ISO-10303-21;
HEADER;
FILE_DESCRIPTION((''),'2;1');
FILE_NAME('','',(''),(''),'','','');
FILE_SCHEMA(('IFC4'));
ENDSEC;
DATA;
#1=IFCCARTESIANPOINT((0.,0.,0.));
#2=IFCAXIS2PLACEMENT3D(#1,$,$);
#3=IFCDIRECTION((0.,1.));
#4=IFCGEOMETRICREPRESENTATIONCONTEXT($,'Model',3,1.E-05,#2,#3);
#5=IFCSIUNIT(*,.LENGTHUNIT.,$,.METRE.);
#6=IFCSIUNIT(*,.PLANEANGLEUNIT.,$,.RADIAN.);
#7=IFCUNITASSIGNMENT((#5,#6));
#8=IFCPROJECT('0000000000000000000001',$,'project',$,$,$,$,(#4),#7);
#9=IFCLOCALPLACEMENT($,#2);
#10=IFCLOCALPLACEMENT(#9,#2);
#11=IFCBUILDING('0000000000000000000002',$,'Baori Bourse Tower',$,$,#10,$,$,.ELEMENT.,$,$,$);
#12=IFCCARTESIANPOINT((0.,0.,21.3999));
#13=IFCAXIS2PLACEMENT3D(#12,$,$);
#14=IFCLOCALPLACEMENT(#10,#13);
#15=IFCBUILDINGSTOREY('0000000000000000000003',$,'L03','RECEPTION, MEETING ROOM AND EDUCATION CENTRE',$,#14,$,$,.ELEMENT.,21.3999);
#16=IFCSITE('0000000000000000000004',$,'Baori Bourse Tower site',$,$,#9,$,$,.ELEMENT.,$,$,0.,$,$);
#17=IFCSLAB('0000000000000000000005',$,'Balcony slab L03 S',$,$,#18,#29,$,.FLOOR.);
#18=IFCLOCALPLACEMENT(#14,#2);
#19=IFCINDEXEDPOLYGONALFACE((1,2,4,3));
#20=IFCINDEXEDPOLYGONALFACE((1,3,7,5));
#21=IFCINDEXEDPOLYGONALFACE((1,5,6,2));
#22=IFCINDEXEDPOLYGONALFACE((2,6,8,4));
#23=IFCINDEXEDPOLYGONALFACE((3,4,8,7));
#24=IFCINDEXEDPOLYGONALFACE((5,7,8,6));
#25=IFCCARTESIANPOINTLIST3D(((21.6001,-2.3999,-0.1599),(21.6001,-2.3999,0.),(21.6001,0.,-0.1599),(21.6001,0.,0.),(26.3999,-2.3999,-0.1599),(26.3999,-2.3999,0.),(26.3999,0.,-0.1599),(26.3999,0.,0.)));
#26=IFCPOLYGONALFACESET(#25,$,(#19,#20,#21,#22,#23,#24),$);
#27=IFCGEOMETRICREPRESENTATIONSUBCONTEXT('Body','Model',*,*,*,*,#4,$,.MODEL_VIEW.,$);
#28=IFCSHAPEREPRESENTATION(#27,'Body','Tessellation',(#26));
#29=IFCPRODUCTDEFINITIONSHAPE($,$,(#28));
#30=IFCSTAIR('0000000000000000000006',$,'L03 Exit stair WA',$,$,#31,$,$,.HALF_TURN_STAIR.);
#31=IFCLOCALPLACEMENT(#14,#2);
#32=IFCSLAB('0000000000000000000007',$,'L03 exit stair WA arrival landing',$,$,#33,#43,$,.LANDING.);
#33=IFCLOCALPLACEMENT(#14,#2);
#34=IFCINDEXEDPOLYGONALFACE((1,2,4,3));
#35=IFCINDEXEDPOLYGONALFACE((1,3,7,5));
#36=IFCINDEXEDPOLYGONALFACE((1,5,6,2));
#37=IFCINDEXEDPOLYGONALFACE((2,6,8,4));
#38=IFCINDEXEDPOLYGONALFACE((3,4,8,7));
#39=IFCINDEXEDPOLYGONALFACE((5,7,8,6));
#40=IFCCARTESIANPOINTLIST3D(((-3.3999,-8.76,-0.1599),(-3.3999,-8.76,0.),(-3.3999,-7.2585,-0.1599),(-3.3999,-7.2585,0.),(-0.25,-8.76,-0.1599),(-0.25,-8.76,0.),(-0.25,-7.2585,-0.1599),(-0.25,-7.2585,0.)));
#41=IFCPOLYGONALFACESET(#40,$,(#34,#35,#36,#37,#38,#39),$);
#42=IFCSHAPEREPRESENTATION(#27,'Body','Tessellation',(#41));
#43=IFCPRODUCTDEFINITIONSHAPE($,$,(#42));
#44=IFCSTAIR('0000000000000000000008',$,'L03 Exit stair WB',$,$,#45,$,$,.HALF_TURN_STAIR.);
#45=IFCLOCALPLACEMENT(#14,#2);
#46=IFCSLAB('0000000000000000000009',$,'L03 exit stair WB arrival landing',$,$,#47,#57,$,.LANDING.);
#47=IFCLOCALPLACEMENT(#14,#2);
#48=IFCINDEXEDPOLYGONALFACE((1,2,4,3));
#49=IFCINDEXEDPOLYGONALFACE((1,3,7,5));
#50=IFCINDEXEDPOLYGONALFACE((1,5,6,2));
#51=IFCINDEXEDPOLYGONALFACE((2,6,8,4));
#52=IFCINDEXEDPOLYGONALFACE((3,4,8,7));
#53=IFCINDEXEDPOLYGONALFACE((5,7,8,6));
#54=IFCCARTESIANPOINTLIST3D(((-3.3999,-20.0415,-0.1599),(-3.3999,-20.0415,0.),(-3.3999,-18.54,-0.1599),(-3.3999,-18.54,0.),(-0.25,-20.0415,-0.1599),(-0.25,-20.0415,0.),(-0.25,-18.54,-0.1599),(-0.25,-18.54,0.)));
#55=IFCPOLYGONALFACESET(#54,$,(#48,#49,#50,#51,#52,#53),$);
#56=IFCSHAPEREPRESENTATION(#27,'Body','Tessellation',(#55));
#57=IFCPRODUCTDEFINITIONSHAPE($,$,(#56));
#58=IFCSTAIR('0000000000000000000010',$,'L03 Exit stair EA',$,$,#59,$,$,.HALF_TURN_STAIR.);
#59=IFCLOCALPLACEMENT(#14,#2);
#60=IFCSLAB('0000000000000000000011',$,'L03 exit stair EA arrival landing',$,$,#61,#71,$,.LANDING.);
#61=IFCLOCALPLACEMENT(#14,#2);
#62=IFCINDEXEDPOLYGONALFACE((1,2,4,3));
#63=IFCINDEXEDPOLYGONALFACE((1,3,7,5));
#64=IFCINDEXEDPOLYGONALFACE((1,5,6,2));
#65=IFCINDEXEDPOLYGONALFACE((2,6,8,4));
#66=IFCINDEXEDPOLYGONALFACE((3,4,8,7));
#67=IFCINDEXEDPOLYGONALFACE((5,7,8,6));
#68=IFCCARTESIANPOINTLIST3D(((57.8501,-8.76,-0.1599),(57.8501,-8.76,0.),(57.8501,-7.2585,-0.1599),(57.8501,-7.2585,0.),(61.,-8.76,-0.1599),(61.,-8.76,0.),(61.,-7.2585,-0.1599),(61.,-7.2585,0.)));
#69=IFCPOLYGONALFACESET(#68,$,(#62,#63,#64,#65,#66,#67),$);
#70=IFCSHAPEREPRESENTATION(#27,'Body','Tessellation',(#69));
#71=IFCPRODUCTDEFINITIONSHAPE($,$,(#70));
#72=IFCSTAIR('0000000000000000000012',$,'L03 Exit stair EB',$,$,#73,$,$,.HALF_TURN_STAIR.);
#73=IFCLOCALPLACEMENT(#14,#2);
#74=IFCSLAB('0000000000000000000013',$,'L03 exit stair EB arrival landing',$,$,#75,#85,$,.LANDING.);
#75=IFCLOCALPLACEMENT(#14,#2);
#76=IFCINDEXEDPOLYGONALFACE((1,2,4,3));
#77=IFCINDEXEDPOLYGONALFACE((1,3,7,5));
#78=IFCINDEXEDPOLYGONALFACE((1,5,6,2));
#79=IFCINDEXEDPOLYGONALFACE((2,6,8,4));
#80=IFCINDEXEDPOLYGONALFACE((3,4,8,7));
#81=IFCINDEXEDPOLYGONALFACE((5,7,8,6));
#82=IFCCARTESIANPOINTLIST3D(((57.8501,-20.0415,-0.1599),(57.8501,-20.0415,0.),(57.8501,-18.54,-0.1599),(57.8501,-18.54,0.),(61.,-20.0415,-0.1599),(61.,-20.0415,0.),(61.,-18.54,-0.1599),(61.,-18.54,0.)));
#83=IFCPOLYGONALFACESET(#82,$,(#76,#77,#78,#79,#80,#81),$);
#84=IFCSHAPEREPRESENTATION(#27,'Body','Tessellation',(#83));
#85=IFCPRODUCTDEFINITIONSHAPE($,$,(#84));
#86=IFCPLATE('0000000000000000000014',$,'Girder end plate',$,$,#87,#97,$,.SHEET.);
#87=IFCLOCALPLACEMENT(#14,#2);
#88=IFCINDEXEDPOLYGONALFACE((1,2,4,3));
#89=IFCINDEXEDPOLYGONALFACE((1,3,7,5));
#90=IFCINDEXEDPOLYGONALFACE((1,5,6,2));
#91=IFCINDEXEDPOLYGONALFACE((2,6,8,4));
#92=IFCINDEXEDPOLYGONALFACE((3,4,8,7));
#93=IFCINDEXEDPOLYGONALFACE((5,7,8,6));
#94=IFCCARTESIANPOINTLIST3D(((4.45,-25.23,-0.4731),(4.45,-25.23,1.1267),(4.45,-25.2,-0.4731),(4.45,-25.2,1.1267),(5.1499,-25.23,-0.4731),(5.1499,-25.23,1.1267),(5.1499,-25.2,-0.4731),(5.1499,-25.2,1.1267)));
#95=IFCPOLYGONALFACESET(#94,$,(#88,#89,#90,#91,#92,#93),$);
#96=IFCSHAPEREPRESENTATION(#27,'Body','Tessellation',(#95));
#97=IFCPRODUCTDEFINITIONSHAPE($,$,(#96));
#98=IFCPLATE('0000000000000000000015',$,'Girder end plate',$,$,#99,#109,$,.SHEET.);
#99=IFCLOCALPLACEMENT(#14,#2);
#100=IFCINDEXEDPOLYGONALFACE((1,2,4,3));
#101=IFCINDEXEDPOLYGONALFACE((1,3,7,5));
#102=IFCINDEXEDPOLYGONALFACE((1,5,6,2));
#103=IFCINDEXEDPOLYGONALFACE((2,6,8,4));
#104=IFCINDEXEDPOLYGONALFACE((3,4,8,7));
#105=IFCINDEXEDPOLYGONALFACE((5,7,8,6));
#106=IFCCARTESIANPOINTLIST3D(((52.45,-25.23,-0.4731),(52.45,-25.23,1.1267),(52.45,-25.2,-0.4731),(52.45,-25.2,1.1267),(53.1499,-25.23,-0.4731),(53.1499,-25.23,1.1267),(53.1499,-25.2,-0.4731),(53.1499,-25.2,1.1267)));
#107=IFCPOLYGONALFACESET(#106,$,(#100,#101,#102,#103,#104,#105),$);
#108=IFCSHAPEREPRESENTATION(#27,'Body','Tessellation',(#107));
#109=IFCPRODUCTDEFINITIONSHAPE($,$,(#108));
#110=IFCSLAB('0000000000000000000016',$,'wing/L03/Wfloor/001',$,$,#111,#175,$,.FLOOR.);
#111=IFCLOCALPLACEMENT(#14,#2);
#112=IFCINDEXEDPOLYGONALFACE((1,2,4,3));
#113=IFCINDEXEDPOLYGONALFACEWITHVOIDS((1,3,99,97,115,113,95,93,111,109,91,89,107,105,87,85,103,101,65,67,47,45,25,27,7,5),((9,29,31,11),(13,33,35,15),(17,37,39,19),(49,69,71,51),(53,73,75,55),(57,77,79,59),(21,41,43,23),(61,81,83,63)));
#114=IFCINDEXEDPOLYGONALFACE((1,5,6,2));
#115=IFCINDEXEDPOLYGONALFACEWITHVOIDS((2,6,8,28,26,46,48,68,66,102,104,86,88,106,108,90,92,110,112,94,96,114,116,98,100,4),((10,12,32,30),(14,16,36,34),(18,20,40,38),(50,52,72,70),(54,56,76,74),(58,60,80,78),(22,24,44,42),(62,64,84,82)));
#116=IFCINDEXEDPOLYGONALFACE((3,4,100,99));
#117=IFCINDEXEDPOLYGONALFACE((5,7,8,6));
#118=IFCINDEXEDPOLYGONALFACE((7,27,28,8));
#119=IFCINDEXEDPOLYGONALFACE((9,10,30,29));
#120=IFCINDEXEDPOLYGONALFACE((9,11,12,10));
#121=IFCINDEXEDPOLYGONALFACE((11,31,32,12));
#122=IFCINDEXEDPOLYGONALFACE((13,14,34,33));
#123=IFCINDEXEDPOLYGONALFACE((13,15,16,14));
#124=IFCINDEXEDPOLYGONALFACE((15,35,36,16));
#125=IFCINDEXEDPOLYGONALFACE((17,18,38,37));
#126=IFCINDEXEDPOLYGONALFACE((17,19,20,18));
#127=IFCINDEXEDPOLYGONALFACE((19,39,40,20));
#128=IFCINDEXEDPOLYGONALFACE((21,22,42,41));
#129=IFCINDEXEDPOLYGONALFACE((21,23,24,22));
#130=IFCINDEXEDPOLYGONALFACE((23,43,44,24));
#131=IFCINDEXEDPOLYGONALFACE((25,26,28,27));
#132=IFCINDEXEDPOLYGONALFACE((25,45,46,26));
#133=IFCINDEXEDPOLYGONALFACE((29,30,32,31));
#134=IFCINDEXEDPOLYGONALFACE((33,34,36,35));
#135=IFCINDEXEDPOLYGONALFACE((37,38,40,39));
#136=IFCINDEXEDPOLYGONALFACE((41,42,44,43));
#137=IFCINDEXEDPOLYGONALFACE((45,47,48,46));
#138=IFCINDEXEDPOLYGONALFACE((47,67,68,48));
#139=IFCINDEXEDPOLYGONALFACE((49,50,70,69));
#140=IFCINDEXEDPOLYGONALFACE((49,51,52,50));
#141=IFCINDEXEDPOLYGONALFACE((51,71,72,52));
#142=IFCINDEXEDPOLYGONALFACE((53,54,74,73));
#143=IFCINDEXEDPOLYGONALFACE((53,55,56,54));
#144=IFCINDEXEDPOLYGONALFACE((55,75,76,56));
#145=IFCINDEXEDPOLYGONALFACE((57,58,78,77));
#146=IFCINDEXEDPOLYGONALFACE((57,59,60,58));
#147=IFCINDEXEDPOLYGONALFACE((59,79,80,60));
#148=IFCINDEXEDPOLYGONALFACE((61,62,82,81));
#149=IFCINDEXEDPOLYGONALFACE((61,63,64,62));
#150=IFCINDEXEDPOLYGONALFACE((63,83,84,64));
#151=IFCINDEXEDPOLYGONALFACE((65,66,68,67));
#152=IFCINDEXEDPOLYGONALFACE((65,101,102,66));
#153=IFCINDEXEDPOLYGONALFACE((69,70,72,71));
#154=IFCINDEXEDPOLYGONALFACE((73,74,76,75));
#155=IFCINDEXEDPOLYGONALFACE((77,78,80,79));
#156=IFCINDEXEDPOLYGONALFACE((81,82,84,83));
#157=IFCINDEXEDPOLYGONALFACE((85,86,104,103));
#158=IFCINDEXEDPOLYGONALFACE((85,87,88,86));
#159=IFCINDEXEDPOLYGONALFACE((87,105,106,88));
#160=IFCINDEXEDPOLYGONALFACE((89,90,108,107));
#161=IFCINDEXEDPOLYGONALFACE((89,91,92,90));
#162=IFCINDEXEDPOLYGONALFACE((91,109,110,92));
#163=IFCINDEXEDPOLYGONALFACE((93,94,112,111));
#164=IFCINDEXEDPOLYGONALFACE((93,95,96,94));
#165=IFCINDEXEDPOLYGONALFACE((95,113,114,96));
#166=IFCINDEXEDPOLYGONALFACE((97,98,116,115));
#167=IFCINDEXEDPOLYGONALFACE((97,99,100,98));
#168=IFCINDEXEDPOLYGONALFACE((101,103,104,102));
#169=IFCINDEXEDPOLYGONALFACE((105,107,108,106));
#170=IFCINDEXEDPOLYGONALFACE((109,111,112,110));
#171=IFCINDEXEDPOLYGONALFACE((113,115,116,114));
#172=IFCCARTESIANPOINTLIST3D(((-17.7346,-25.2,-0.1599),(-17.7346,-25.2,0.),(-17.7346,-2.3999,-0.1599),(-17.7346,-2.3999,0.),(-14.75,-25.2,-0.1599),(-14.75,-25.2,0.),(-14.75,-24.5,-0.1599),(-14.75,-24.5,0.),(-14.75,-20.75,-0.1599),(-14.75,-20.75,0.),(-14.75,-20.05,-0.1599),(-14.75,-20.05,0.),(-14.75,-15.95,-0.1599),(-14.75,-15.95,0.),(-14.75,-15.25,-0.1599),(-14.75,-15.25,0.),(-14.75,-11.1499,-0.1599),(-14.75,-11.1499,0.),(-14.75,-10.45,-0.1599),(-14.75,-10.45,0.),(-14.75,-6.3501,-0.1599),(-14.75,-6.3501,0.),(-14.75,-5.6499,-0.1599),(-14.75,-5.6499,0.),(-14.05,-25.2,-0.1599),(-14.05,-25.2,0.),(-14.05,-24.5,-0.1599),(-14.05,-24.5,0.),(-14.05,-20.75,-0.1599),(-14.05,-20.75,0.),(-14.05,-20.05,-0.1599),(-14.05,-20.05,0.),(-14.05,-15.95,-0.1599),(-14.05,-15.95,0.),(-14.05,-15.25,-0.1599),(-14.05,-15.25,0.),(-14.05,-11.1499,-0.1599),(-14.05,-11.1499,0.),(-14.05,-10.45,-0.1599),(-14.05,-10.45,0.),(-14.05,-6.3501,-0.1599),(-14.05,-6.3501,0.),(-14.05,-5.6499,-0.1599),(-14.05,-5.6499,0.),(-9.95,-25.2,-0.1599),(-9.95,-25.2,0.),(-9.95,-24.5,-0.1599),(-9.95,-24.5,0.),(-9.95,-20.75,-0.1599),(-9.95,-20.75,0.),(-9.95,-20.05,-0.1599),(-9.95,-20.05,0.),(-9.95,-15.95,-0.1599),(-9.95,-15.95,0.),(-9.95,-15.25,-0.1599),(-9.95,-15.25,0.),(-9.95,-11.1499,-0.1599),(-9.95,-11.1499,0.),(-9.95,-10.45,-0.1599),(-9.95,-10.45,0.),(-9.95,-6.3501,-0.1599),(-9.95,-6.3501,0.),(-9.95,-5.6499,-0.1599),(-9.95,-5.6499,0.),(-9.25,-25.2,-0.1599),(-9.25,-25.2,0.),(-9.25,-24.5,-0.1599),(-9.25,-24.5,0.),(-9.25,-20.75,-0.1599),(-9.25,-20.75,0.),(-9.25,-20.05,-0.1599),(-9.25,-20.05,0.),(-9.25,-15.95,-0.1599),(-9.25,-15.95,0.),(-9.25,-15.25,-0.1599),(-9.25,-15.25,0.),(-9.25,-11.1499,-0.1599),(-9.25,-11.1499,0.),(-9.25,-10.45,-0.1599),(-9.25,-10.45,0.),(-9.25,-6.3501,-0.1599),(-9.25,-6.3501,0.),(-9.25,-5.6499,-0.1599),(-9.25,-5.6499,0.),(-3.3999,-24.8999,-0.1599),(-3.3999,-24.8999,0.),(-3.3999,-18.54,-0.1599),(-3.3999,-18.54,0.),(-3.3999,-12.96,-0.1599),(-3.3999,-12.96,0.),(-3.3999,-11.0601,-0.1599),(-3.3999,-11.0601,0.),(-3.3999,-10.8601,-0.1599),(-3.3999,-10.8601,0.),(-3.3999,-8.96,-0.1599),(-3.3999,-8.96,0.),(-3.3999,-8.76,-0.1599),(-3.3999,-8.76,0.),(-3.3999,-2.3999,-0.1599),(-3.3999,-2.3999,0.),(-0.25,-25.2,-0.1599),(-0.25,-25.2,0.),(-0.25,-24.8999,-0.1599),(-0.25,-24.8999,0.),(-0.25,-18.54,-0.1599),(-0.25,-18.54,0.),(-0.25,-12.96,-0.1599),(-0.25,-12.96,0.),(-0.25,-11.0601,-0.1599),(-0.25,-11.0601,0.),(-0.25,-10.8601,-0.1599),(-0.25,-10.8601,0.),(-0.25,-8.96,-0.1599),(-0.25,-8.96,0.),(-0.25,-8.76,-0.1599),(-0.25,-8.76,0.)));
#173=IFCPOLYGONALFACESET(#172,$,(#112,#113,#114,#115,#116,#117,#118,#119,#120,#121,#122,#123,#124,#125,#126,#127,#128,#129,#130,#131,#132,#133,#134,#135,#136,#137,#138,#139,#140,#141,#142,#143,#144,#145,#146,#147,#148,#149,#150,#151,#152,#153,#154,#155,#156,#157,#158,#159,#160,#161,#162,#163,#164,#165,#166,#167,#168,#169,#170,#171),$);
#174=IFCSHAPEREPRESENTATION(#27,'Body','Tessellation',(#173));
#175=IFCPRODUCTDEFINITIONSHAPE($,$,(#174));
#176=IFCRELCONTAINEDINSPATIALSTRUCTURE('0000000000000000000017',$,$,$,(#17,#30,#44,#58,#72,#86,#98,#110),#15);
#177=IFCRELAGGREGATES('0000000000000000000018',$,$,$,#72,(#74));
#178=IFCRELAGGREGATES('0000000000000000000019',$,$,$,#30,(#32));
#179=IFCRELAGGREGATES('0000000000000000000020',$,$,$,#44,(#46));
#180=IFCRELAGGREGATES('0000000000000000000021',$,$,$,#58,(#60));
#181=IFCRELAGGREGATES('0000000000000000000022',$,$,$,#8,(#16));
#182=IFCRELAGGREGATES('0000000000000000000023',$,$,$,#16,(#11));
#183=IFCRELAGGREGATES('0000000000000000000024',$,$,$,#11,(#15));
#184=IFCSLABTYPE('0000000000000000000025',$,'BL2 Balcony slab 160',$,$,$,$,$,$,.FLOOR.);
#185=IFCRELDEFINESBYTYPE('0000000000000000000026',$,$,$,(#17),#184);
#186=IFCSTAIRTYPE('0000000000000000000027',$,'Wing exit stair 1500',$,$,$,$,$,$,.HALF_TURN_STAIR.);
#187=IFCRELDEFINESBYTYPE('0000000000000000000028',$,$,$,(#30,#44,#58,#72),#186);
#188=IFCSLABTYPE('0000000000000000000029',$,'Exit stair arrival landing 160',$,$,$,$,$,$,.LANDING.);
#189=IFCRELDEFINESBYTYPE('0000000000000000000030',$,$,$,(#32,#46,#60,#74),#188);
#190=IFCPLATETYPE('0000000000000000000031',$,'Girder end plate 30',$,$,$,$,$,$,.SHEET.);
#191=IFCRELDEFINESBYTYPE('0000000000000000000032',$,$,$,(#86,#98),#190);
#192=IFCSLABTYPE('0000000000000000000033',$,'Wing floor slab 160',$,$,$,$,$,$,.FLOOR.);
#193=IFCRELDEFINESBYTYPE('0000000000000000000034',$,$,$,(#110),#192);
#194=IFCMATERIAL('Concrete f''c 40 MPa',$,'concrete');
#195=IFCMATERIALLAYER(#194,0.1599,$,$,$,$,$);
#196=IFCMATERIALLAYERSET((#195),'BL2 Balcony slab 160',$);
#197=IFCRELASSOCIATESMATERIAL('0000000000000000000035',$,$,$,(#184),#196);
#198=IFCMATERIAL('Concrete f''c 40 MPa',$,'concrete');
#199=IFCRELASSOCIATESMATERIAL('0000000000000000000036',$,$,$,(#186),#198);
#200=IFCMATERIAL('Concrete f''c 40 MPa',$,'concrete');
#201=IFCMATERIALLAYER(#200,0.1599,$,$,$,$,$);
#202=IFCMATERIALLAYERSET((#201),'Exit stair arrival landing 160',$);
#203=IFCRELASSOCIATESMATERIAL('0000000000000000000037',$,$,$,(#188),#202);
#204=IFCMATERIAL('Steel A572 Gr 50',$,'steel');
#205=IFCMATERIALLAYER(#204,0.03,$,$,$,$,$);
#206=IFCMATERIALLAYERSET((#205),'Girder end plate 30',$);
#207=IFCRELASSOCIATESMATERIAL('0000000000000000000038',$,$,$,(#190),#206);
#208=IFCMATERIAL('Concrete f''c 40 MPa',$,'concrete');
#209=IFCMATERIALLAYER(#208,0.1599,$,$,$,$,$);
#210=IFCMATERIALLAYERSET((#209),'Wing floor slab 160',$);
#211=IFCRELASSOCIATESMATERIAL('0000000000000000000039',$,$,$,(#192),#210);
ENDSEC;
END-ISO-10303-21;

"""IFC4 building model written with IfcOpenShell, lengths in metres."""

from ifc_helpers import new_model, si_unit, direction, frame, origin, place, context, subcontext, project, spatial, polyline, outline, extrude, material, layer, layer_set, type_object, element, aggregate, save


model = new_model("IFC4")

# Units and contexts
model_context = context("Model", 3, precision=1e-05, world=origin(), true_north=direction((0.0, 1.0)))
body_context = subcontext(model_context, "Body", "Model", "MODEL_VIEW")
ifc_project = project(units=[si_unit("LENGTHUNIT", "METRE"), si_unit("PLANEANGLEUNIT", "RADIAN")], contexts=[model_context])

# Site, building, storey
site_placement = place(None, origin())
site = spatial("IfcSite", under=ifc_project, at=site_placement, Name="Baori Bourse Tower site", CompositionType="ELEMENT", RefElevation=0.0)
building_placement = place(site_placement, origin())
building = spatial("IfcBuilding", under=site, at=building_placement, Name="Baori Bourse Tower", CompositionType="ELEMENT")
storey_placement = place(building_placement, frame((0.0, 0.0, 21.3999)))
storey = spatial("IfcBuildingStorey", under=building, at=storey_placement, Name="L03", Description="RECEPTION, MEETING ROOM AND EDUCATION CENTRE", CompositionType="ELEMENT", Elevation=21.3999)

# Slab
ifc_material_1 = material(Name="Concrete f'c 40 MPa", Category="concrete")
ifc_layer_1 = layer(ifc_material_1, 0.1599)
ifc_layer_set_1 = layer_set([ifc_layer_1], Name="BL2 Balcony slab 160")
slab_type_1 = type_object("IfcSlabType", Name="BL2 Balcony slab 160", PredefinedType="FLOOR", material=ifc_layer_set_1)
slab_1_placement = place(storey_placement, frame((0.0, 0.0, -0.1599)))
element("IfcSlab", 1, at=slab_1_placement, inside=storey, type_object=slab_type_1, Name="Balcony slab L03 S", PredefinedType="FLOOR", context=body_context, shape_type="SweptSolid", body=[
    extrude(outline(polyline([(21.6001, 0.0), (21.6001, -2.3999), (26.3999, -2.3999), (26.3999, 0.0), (21.6001, 0.0)])), origin(), (0.0, 0.0, 1.0), 0.1599),
])

# Stairs, slabs
ifc_material_2 = material(Name="Concrete f'c 40 MPa", Category="concrete")
stair_type = type_object("IfcStairType", Name="Wing exit stair 1500", PredefinedType="HALF_TURN_STAIR", material=ifc_material_2)
stair_1_placement = place(storey_placement, origin())
stair_1 = element("IfcStair", 2, at=stair_1_placement, inside=storey, type_object=stair_type, Name="L03 Exit stair WA", PredefinedType="HALF_TURN_STAIR")
ifc_material_3 = material(Name="Concrete f'c 40 MPa", Category="concrete")
ifc_layer_2 = layer(ifc_material_3, 0.1599)
ifc_layer_set_2 = layer_set([ifc_layer_2], Name="Exit stair arrival landing 160")
slab_type_2 = type_object("IfcSlabType", Name="Exit stair arrival landing 160", PredefinedType="LANDING", material=ifc_layer_set_2)
slab_2_placement = place(storey_placement, frame((0.0, 0.0, -0.1599)))
slab_2 = element("IfcSlab", 3, at=slab_2_placement, type_object=slab_type_2, Name="L03 exit stair WA arrival landing", PredefinedType="LANDING", context=body_context, shape_type="SweptSolid", body=[
    extrude(outline(polyline([(-0.25, -7.2585), (-3.3999, -7.2585), (-3.3999, -8.76), (-0.25, -8.76), (-0.25, -7.2585)])), origin(), (0.0, 0.0, 1.0), 0.1599),
])
stair_2_placement = place(storey_placement, origin())
stair_2 = element("IfcStair", 4, at=stair_2_placement, inside=storey, type_object=stair_type, Name="L03 Exit stair WB", PredefinedType="HALF_TURN_STAIR")
slab_3_placement = place(storey_placement, frame((0.0, 0.0, -0.1599)))
slab_3 = element("IfcSlab", 5, at=slab_3_placement, type_object=slab_type_2, Name="L03 exit stair WB arrival landing", PredefinedType="LANDING", context=body_context, shape_type="SweptSolid", body=[
    extrude(outline(polyline([(-3.3999, -20.0415), (-0.25, -20.0415), (-0.25, -18.54), (-3.3999, -18.54), (-3.3999, -20.0415)])), origin(), (0.0, 0.0, 1.0), 0.1599),
])
stair_3_placement = place(storey_placement, origin())
stair_3 = element("IfcStair", 6, at=stair_3_placement, inside=storey, type_object=stair_type, Name="L03 Exit stair EA", PredefinedType="HALF_TURN_STAIR")
slab_4_placement = place(storey_placement, frame((0.0, 0.0, -0.1599)))
slab_4 = element("IfcSlab", 7, at=slab_4_placement, type_object=slab_type_2, Name="L03 exit stair EA arrival landing", PredefinedType="LANDING", context=body_context, shape_type="SweptSolid", body=[
    extrude(outline(polyline([(61.0, -7.2585), (57.8501, -7.2585), (57.8501, -8.76), (61.0, -8.76), (61.0, -7.2585)])), origin(), (0.0, 0.0, 1.0), 0.1599),
])
stair_4_placement = place(storey_placement, origin())
stair_4 = element("IfcStair", 8, at=stair_4_placement, inside=storey, type_object=stair_type, Name="L03 Exit stair EB", PredefinedType="HALF_TURN_STAIR")
slab_5_placement = place(storey_placement, frame((0.0, 0.0, -0.1599)))
slab_5 = element("IfcSlab", 9, at=slab_5_placement, type_object=slab_type_2, Name="L03 exit stair EB arrival landing", PredefinedType="LANDING", context=body_context, shape_type="SweptSolid", body=[
    extrude(outline(polyline([(57.8501, -20.0415), (61.0, -20.0415), (61.0, -18.54), (57.8501, -18.54), (57.8501, -20.0415)])), origin(), (0.0, 0.0, 1.0), 0.1599),
])
aggregate(stair_4, [slab_5])

# Plates
ifc_material_4 = material(Name="Steel A572 Gr 50", Category="steel")
ifc_layer_3 = layer(ifc_material_4, 0.03)
ifc_layer_set_3 = layer_set([ifc_layer_3], Name="Girder end plate 30")
plate_type = type_object("IfcPlateType", Name="Girder end plate 30", PredefinedType="SHEET", material=ifc_layer_set_3)
plate_1_placement = place(storey_placement, frame((0.0, 0.0, -0.4731)))
element("IfcPlate", 10, at=plate_1_placement, inside=storey, type_object=plate_type, Name="Girder end plate", PredefinedType="SHEET", context=body_context, shape_type="SweptSolid", body=[
    extrude(outline(polyline([(4.45, -25.23), (5.1499, -25.23), (5.1499, -25.2), (4.45, -25.2), (4.45, -25.23)])), origin(), (0.0, 0.0, 1.0), 1.5999),
])
plate_2_placement = place(storey_placement, frame((0.0, 0.0, -0.4731)))
element("IfcPlate", 11, at=plate_2_placement, inside=storey, type_object=plate_type, Name="Girder end plate", PredefinedType="SHEET", context=body_context, shape_type="SweptSolid", body=[
    extrude(outline(polyline([(52.45, -25.23), (53.1499, -25.23), (53.1499, -25.2), (52.45, -25.2), (52.45, -25.23)])), origin(), (0.0, 0.0, 1.0), 1.5999),
])

# Slab
ifc_material_5 = material(Name="Concrete f'c 40 MPa", Category="concrete")
ifc_layer_4 = layer(ifc_material_5, 0.1599)
ifc_layer_set_4 = layer_set([ifc_layer_4], Name="Wing floor slab 160")
slab_type_3 = type_object("IfcSlabType", Name="Wing floor slab 160", PredefinedType="FLOOR", material=ifc_layer_set_4)
slab_6_placement = place(storey_placement, frame((0.0, 0.0, -0.1599)))
element("IfcSlab", 12, at=slab_6_placement, inside=storey, type_object=slab_type_3, Name="wing/L03/Wfloor/001", PredefinedType="FLOOR", context=body_context, shape_type="SweptSolid", body=[
    extrude(outline(polyline([(-0.25, -10.8601), (-3.3999, -10.8601), (-3.3999, -8.96), (-0.25, -8.96), (-0.25, -8.76), (-3.3999, -8.76), (-3.3999, -2.3999), (-17.7346, -2.3999), (-17.7346, -25.2), (-14.75, -25.2), (-14.75, -24.5), (-14.05, -24.5), (-14.05, -25.2), (-9.95, -25.2), (-9.95, -24.5), (-9.25, -24.5), (-9.25, -25.2), (-0.25, -25.2), (-0.25, -24.8999), (-3.3999, -24.8999), (-3.3999, -18.54), (-0.25, -18.54), (-0.25, -12.96), (-3.3999, -12.96), (-3.3999, -11.0601), (-0.25, -11.0601), (-0.25, -10.8601)]), holes=[polyline([(-14.75, -20.05), (-14.75, -20.75), (-14.05, -20.75), (-14.05, -20.05), (-14.75, -20.05)]), polyline([(-14.05, -15.25), (-14.75, -15.25), (-14.75, -15.95), (-14.05, -15.95), (-14.05, -15.25)]), polyline([(-14.05, -11.1499), (-14.05, -10.45), (-14.75, -10.45), (-14.75, -11.1499), (-14.05, -11.1499)]), polyline([(-14.75, -6.3501), (-14.05, -6.3501), (-14.05, -5.6499), (-14.75, -5.6499), (-14.75, -6.3501)]), polyline([(-9.25, -20.05), (-9.95, -20.05), (-9.95, -20.75), (-9.25, -20.75), (-9.25, -20.05)]), polyline([(-9.25, -15.95), (-9.25, -15.25), (-9.95, -15.25), (-9.95, -15.95), (-9.25, -15.95)]), polyline([(-9.95, -11.1499), (-9.25, -11.1499), (-9.25, -10.45), (-9.95, -10.45), (-9.95, -11.1499)]), polyline([(-9.95, -5.6499), (-9.95, -6.3501), (-9.25, -6.3501), (-9.25, -5.6499), (-9.95, -5.6499)])]), origin(), (0.0, 0.0, 1.0), 0.1599),
])

aggregate(stair_1, [slab_2])
aggregate(stair_2, [slab_3])
aggregate(stair_3, [slab_4])

save(model, "model.ifc")
